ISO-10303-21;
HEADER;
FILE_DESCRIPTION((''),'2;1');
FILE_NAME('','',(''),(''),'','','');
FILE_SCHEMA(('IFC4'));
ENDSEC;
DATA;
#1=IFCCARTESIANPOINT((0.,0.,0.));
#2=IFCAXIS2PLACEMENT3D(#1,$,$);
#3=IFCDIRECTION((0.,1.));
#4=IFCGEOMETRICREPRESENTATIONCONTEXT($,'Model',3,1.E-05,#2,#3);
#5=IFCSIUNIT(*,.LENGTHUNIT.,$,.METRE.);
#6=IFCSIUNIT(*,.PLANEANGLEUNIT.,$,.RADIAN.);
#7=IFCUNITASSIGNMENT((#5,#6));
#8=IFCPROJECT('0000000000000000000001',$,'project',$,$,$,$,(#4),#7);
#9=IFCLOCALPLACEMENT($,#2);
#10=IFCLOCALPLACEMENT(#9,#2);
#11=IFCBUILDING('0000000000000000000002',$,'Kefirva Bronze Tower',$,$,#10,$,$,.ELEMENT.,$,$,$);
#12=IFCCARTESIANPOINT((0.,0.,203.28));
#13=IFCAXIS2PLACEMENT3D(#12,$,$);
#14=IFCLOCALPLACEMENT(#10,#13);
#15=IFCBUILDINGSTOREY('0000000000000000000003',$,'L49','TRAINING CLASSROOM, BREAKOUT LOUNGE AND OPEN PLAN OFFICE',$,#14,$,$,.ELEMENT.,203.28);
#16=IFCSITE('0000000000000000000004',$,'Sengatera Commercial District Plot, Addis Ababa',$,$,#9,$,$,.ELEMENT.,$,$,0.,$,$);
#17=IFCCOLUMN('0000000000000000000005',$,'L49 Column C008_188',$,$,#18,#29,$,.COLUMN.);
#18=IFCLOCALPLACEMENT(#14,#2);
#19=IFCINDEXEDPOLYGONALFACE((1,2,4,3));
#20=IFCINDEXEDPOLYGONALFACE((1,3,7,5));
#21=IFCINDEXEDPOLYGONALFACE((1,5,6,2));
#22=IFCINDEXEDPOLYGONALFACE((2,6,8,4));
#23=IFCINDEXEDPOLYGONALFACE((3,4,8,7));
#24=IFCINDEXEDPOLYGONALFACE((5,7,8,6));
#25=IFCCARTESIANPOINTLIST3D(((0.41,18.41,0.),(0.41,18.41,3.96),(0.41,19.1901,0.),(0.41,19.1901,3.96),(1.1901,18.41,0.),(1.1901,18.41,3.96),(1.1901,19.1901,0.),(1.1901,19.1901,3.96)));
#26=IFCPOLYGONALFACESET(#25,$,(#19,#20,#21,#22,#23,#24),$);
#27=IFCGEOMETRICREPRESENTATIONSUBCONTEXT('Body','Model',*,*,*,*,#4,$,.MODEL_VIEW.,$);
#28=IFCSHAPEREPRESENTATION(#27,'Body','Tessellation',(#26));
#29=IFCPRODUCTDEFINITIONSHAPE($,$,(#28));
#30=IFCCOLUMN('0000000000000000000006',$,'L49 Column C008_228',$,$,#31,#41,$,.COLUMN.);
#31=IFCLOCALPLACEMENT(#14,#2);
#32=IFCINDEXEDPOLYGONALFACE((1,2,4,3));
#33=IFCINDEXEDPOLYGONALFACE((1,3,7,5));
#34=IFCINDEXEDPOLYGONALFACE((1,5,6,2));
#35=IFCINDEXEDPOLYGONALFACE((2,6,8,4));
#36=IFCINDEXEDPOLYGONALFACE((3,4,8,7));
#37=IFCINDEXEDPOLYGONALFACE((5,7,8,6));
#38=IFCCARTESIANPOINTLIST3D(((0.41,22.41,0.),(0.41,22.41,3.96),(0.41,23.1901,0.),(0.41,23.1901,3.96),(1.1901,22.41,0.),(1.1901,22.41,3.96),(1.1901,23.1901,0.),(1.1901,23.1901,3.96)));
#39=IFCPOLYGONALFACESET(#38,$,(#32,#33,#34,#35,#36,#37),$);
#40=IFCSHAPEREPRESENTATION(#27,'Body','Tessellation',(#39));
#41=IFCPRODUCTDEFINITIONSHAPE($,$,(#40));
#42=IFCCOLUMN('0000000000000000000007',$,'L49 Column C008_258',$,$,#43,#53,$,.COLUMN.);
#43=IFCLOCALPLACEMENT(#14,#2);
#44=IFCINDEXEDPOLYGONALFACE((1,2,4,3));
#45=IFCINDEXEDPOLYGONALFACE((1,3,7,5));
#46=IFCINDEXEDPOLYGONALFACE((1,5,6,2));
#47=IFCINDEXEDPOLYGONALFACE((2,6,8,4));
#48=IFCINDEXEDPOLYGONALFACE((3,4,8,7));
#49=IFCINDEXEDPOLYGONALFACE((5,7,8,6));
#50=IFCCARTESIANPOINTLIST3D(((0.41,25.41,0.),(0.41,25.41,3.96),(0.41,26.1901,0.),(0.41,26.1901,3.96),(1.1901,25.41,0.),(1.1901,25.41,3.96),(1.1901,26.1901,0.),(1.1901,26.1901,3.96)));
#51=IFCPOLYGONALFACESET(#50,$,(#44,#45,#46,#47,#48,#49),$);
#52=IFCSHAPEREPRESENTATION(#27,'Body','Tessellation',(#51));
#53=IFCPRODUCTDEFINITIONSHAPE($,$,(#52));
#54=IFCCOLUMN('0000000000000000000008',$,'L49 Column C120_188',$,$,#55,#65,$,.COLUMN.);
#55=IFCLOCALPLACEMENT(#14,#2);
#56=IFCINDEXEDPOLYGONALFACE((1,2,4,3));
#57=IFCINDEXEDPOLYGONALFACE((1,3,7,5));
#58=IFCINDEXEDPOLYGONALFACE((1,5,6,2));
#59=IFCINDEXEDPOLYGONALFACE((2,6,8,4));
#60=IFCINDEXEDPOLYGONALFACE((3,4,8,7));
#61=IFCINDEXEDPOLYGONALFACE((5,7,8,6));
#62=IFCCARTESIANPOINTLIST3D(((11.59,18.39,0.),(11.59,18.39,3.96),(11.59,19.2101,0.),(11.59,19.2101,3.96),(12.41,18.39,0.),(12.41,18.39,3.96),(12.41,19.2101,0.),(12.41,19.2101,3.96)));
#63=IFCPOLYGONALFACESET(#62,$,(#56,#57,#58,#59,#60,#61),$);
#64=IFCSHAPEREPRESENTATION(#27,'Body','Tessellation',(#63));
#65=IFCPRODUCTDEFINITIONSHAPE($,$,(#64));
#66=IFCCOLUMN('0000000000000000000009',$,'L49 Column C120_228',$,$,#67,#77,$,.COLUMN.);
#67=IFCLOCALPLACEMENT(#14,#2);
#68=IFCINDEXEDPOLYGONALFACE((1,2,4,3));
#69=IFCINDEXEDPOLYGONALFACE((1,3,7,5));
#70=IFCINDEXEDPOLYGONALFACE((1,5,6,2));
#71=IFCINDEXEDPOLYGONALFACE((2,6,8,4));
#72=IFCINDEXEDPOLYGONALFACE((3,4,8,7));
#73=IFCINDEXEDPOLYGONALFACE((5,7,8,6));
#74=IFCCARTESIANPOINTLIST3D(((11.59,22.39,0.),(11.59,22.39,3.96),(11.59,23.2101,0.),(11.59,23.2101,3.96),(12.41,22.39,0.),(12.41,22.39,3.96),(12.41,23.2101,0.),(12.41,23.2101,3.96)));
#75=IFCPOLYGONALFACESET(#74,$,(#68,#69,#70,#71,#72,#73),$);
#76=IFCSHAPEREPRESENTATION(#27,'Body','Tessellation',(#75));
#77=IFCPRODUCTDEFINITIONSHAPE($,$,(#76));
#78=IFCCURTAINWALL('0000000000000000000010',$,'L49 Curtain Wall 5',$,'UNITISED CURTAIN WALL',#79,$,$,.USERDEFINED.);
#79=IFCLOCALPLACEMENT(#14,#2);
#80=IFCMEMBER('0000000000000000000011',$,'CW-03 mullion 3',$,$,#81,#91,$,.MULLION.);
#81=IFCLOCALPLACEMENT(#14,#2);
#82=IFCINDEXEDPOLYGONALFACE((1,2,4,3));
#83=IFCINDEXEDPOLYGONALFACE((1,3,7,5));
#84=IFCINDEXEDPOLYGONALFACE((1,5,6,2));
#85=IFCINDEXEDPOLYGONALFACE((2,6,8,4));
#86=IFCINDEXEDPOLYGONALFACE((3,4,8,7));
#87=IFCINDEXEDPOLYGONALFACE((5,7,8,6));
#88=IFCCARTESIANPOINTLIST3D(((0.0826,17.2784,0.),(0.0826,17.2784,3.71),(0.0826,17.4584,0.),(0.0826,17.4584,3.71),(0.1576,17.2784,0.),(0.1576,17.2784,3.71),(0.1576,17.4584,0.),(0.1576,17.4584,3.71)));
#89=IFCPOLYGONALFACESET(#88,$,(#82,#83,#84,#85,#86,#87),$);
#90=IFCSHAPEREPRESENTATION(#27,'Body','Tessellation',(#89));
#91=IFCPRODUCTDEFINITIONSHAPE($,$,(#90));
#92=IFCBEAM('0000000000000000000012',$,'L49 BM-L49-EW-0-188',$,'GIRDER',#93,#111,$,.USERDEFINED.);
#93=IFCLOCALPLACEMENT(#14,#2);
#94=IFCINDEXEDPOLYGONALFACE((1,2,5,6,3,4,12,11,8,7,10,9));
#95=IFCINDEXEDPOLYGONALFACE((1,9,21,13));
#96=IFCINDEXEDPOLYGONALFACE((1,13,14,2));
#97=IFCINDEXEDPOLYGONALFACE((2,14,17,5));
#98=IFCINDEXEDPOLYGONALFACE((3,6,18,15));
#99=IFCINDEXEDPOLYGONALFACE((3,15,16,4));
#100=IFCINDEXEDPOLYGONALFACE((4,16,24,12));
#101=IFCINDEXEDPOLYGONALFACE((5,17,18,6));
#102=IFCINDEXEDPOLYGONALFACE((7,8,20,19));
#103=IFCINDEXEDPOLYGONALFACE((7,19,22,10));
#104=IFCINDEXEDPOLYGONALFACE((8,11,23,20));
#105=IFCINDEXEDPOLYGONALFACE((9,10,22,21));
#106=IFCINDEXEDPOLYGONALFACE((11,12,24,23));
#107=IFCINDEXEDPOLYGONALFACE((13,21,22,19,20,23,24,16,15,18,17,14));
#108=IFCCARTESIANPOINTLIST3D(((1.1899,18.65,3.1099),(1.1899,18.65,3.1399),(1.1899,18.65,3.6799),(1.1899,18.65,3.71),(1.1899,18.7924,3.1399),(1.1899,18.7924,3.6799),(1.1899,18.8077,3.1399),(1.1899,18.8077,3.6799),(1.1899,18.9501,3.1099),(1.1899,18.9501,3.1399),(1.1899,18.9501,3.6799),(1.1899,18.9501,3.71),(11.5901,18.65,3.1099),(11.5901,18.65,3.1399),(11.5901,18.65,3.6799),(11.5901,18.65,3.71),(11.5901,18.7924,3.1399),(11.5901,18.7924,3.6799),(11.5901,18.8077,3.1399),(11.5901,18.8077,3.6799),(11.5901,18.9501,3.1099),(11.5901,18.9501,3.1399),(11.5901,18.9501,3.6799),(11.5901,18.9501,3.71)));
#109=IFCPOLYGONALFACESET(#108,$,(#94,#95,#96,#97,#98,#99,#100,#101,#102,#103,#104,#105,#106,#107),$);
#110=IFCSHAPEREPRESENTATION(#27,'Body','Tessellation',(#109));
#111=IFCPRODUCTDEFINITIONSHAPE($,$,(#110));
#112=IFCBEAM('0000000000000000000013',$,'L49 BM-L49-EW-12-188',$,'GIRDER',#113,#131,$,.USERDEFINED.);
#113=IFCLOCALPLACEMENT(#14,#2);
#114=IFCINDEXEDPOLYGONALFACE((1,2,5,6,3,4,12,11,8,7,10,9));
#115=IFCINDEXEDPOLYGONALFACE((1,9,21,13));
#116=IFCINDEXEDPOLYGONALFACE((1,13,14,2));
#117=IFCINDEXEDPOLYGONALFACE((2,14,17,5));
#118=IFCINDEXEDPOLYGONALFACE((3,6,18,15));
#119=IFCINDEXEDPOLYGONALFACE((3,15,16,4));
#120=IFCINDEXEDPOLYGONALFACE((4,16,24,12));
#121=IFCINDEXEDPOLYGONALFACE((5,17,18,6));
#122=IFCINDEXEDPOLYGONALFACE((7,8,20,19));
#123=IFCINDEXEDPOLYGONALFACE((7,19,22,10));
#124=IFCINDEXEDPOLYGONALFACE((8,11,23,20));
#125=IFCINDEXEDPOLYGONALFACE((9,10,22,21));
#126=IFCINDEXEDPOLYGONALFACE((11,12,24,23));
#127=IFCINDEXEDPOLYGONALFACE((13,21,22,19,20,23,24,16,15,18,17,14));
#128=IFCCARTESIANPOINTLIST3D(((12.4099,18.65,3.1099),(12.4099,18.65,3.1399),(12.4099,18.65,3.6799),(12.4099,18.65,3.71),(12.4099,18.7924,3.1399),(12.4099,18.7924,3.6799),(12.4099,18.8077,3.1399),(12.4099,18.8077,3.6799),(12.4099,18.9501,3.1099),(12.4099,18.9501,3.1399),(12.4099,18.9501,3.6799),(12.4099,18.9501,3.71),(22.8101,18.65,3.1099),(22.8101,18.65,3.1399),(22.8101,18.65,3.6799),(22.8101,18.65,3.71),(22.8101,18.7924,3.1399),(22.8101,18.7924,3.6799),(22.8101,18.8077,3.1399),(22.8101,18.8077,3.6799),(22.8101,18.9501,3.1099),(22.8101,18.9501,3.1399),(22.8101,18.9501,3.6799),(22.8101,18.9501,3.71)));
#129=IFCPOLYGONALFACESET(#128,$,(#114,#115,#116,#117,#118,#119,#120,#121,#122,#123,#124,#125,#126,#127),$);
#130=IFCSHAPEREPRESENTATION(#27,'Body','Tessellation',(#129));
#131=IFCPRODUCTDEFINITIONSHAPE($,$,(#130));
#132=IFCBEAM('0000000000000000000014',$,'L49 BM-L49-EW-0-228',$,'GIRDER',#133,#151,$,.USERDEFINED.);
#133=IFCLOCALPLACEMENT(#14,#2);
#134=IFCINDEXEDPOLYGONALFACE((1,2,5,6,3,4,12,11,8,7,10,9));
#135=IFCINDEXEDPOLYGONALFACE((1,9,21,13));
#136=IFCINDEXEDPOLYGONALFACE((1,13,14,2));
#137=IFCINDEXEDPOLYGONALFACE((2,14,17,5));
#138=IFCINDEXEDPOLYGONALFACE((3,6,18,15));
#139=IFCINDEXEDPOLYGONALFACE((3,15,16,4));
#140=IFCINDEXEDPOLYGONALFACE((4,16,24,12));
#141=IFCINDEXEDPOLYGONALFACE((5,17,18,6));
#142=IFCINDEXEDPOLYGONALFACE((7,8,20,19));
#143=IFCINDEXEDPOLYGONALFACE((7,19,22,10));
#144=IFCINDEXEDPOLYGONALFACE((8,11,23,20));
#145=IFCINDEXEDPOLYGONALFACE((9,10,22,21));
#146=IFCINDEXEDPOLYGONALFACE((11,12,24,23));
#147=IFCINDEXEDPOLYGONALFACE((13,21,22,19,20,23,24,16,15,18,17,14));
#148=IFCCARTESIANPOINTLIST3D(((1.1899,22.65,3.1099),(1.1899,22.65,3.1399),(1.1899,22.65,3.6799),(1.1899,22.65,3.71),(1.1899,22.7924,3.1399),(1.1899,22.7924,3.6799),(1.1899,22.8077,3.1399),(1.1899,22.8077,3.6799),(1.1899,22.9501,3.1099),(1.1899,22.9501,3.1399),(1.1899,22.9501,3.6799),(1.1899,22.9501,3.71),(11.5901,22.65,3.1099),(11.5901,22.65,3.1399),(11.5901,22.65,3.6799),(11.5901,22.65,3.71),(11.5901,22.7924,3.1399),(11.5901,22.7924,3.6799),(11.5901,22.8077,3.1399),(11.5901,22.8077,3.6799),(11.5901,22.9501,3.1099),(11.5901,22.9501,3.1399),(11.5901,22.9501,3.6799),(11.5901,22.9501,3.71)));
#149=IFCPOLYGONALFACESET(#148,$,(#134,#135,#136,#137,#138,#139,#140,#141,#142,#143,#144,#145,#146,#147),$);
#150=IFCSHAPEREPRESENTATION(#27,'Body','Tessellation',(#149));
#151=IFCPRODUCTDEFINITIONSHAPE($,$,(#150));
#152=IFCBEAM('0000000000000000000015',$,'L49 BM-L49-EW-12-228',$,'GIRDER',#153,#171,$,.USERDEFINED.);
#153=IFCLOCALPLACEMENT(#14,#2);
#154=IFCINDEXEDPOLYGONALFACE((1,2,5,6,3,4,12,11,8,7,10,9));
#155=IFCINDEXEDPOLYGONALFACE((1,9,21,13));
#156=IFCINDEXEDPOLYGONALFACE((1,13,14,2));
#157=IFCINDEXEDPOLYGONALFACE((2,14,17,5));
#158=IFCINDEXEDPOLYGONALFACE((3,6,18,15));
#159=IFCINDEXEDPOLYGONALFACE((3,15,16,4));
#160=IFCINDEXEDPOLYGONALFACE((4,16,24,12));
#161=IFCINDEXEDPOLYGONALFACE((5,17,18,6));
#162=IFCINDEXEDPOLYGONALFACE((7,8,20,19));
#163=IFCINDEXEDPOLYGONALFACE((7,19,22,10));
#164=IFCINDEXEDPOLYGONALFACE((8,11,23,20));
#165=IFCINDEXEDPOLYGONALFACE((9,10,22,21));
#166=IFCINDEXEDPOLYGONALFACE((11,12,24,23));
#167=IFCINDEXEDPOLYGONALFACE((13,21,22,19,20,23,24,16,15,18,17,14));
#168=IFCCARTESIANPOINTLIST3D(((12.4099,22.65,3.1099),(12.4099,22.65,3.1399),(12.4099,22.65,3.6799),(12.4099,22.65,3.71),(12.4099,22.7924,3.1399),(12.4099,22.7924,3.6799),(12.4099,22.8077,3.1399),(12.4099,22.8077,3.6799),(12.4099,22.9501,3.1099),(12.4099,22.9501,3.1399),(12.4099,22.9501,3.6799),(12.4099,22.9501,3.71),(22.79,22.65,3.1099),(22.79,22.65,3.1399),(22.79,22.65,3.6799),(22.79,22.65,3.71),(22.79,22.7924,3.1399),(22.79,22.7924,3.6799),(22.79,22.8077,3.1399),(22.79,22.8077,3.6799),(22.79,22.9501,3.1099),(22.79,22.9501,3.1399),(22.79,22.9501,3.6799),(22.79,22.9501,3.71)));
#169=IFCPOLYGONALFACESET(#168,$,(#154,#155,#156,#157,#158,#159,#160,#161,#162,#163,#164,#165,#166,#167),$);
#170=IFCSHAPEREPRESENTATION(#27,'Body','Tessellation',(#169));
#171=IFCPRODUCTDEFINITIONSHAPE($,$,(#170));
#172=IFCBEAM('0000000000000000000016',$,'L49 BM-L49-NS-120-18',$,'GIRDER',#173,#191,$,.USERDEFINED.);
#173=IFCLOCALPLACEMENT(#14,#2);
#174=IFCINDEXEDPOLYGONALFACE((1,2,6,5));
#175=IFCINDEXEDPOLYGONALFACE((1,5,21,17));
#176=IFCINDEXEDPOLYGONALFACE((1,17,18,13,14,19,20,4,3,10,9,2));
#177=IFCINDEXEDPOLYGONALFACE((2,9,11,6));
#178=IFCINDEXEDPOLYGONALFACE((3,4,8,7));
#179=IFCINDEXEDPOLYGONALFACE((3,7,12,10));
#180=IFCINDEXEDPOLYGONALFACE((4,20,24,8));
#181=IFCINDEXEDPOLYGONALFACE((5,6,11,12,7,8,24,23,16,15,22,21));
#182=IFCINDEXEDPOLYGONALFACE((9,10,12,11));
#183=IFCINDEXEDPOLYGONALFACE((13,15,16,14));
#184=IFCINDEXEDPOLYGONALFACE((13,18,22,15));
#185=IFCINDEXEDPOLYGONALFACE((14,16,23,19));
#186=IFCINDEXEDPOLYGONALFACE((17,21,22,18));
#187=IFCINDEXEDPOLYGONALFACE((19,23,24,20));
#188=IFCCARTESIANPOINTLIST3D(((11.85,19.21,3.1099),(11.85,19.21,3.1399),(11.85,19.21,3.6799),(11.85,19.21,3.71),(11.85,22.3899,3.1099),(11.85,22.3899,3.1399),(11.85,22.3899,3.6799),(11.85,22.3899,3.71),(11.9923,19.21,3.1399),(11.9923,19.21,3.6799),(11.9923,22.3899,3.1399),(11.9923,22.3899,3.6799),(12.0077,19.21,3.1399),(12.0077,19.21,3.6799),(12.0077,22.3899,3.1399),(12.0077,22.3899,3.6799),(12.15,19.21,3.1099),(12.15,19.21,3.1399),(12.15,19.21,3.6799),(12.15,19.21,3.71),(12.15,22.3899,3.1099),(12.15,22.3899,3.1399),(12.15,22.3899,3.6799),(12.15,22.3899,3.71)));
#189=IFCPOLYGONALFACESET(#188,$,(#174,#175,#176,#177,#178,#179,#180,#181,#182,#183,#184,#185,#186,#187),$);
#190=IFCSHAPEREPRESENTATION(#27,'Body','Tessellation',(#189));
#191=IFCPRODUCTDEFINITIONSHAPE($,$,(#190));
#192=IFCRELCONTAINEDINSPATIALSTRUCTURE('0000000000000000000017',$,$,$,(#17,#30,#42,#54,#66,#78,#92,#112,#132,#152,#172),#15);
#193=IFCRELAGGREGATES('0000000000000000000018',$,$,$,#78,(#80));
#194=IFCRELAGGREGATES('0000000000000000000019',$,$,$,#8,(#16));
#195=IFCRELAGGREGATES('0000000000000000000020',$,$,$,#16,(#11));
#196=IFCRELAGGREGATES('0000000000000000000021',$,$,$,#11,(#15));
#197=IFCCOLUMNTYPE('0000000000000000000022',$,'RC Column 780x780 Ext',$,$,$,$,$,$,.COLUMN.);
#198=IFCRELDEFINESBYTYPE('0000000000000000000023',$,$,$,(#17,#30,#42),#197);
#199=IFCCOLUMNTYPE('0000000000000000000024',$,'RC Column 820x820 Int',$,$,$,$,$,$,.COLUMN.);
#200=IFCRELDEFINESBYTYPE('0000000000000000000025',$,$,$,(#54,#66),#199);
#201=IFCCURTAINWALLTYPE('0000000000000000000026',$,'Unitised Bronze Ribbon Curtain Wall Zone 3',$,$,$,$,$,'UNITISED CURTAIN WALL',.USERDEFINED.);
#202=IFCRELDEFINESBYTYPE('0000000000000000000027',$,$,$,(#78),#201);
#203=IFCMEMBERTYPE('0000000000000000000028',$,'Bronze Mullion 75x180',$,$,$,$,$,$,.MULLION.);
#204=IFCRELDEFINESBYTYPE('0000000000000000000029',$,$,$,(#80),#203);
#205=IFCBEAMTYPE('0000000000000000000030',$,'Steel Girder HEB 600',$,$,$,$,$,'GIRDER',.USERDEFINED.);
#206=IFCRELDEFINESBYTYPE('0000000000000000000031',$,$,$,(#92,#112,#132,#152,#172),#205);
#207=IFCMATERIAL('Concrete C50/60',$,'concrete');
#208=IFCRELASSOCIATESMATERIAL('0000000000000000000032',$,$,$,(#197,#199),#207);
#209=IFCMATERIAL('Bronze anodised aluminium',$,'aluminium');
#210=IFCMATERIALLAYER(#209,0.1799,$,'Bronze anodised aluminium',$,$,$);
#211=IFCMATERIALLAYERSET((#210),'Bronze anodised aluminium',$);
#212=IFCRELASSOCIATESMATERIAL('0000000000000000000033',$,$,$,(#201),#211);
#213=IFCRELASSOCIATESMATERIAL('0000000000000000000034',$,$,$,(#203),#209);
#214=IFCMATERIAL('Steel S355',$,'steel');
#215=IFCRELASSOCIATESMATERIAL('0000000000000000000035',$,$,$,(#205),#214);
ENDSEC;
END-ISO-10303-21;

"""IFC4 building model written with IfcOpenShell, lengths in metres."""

from ifc_helpers import new_model, si_unit, direction, frame, origin, origin_2d, place, context, subcontext, project, spatial, rectangle, i_section, extrude, material, layer, layer_set, material_profile, profile_set, type_object, element, aggregate, save


model = new_model("IFC4")

# Units and contexts
model_context = context("Model", 3, precision=1e-05, world=origin(), true_north=direction((0.0, 1.0)))
body_context = subcontext(model_context, "Body", "Model", "MODEL_VIEW")
ifc_project = project(units=[si_unit("LENGTHUNIT", "METRE"), si_unit("PLANEANGLEUNIT", "RADIAN")], contexts=[model_context])

# Site, building, storey
site_placement = place(None, origin())
site = spatial("IfcSite", under=ifc_project, at=site_placement, Name="Sengatera Commercial District Plot, Addis Ababa", CompositionType="ELEMENT", RefElevation=0.0)
building_placement = place(site_placement, origin())
building = spatial("IfcBuilding", under=site, at=building_placement, Name="Kefirva Bronze Tower", CompositionType="ELEMENT")
storey_placement = place(building_placement, frame((0.0, 0.0, 203.28)))
storey = spatial("IfcBuildingStorey", under=building, at=storey_placement, Name="L49", Description="TRAINING CLASSROOM, BREAKOUT LOUNGE AND OPEN PLAN OFFICE", CompositionType="ELEMENT", Elevation=203.28)

# Columns
ifc_material_1 = material(Name="Concrete C50/60", Category="concrete")
ifc_material_profile_1 = material_profile(ifc_material_1, rectangle(XDim=0.78, YDim=0.78, at=origin_2d()), Name="RC 780x780")
ifc_profile_set_1 = profile_set([ifc_material_profile_1], Name="Concrete C50/60")
column_type_1 = type_object("IfcColumnType", Name="RC Column 780x780 Ext", PredefinedType="COLUMN", material=ifc_profile_set_1)
for number, where, z_axis, x_axis, name in (
    (1, (0.8, 18.8, 0.0), (0.0, 0.0, 1.0), (1.0, 0.0, 0.0), "L49 Column C008_188"),
    (2, (0.8, 22.8, 0.0), (0.0, 0.0, 1.0), (1.0, 0.0, 0.0), "L49 Column C008_228"),
    (3, (0.8, 25.8, 0.0), (0.0, 0.0, 1.0), (1.0, 0.0, 0.0), "L49 Column C008_258"),
):
    element("IfcColumn", number, at=place(storey_placement, frame(where, z_axis=z_axis, x_axis=x_axis)), inside=storey, type_object=column_type_1, Name=name, PredefinedType="COLUMN", context=body_context, shape_type="SweptSolid", body=[
        extrude(rectangle(XDim=0.78, YDim=0.78, at=origin_2d()), origin(), (0.0, 0.0, 1.0), 3.96),
    ])
ifc_material_profile_2 = material_profile(ifc_material_1, rectangle(XDim=0.8201, YDim=0.8201, at=origin_2d()), Name="RC 820x820")
ifc_profile_set_2 = profile_set([ifc_material_profile_2], Name="Concrete C50/60")
column_type_2 = type_object("IfcColumnType", Name="RC Column 820x820 Int", PredefinedType="COLUMN", material=ifc_profile_set_2)
for number, where, z_axis, x_axis, name in (
    (4, (12.0, 18.8, 0.0), (0.0, 0.0, 1.0), (1.0, 0.0, 0.0), "L49 Column C120_188"),
    (5, (12.0, 22.8, 0.0), (0.0, 0.0, 1.0), (1.0, 0.0, 0.0), "L49 Column C120_228"),
):
    element("IfcColumn", number, at=place(storey_placement, frame(where, z_axis=z_axis, x_axis=x_axis)), inside=storey, type_object=column_type_2, Name=name, PredefinedType="COLUMN", context=body_context, shape_type="SweptSolid", body=[
        extrude(rectangle(XDim=0.8201, YDim=0.8201, at=origin_2d()), origin(), (0.0, 0.0, 1.0), 3.96),
    ])

# Curtain wall, member
ifc_material_2 = material(Name="Bronze anodised aluminium", Category="aluminium")
ifc_layer_1 = layer(ifc_material_2, 0.1799, Name="Bronze anodised aluminium")
ifc_layer_set_1 = layer_set([ifc_layer_1], Name="Bronze anodised aluminium")
curtain_wall_type = type_object("IfcCurtainWallType", Name="Unitised Bronze Ribbon Curtain Wall Zone 3", ElementType="UNITISED CURTAIN WALL", PredefinedType="USERDEFINED", material=ifc_layer_set_1)
curtain_wall_placement = place(storey_placement, origin())
curtain_wall = element("IfcCurtainWall", 6, at=curtain_wall_placement, inside=storey, type_object=curtain_wall_type, Name="L49 Curtain Wall 5", ObjectType="UNITISED CURTAIN WALL", PredefinedType="USERDEFINED")
ifc_material_profile_3 = material_profile(ifc_material_2, rectangle(XDim=0.075, YDim=0.1799, at=origin_2d()), Name="ALU 75x180")
ifc_profile_set_3 = profile_set([ifc_material_profile_3], Name="Bronze anodised aluminium")
member_type = type_object("IfcMemberType", Name="Bronze Mullion 75x180", PredefinedType="MULLION", material=ifc_profile_set_3)
member_placement = place(storey_placement, frame((0.1201, 17.3684, 0.0), z_axis=(0.0, 0.0, 1.0), x_axis=(1.0, 0.0, 0.0)))
member = element("IfcMember", 7, at=member_placement, type_object=member_type, Name="CW-03 mullion 3", PredefinedType="MULLION", context=body_context, shape_type="SweptSolid", body=[
    extrude(rectangle(XDim=0.075, YDim=0.1799, at=origin_2d()), origin(), (0.0, 0.0, 1.0), 3.71),
])

# Beams
ifc_material_3 = material(Name="Steel S355", Category="steel")
ifc_material_profile_4 = material_profile(ifc_material_3, i_section(OverallWidth=0.3, OverallDepth=0.6001, WebThickness=0.0154, FlangeThickness=0.03, at=origin_2d()), Name="HEB 600")
ifc_profile_set_4 = profile_set([ifc_material_profile_4], Name="Steel S355")
beam_type_1 = type_object("IfcBeamType", Name="Steel Girder HEB 600", ElementType="GIRDER", PredefinedType="USERDEFINED", material=ifc_profile_set_4)
for number, where, z_axis, x_axis, name in (
    (8, (1.1899, 18.8, 3.4099), (1.0, 0.0, 0.0), (0.0, 1.0, 0.0), "L49 BM-L49-EW-0-188"),
    (9, (12.4099, 18.8, 3.4099), (1.0, 0.0, 0.0), (0.0, 1.0, 0.0), "L49 BM-L49-EW-12-188"),
    (10, (1.1899, 22.8, 3.4099), (1.0, 0.0, 0.0), (0.0, 1.0, 0.0), "L49 BM-L49-EW-0-228"),
):
    element("IfcBeam", number, at=place(storey_placement, frame(where, z_axis=z_axis, x_axis=x_axis)), inside=storey, type_object=beam_type_1, Name=name, ObjectType="GIRDER", PredefinedType="USERDEFINED", context=body_context, shape_type="SweptSolid", body=[
        extrude(i_section(OverallWidth=0.3, OverallDepth=0.6001, WebThickness=0.0154, FlangeThickness=0.03, at=origin_2d()), origin(), (0.0, 0.0, 1.0), 10.4001),
    ])
beam_1_placement = place(storey_placement, frame((12.4099, 22.8, 3.4099), z_axis=(1.0, 0.0, 0.0), x_axis=(0.0, 1.0, 0.0)))
element("IfcBeam", 11, at=beam_1_placement, inside=storey, type_object=beam_type_1, Name="L49 BM-L49-EW-12-228", ObjectType="GIRDER", PredefinedType="USERDEFINED", context=body_context, shape_type="SweptSolid", body=[
    extrude(i_section(OverallWidth=0.3, OverallDepth=0.6001, WebThickness=0.0154, FlangeThickness=0.03, at=origin_2d()), origin(), (0.0, 0.0, 1.0), 10.3801),
])
beam_2_placement = place(storey_placement, frame((12.0, 19.21, 3.4099), z_axis=(0.0, 1.0, 0.0), x_axis=(-1.0, 0.0, 0.0)))
element("IfcBeam", 12, at=beam_2_placement, inside=storey, type_object=beam_type_1, Name="L49 BM-L49-NS-120-18", ObjectType="GIRDER", PredefinedType="USERDEFINED", context=body_context, shape_type="SweptSolid", body=[
    extrude(i_section(OverallWidth=0.3, OverallDepth=0.6001, WebThickness=0.0154, FlangeThickness=0.03, at=origin_2d()), origin(), (0.0, 0.0, 1.0), 3.1799),
])

aggregate(curtain_wall, [member])

save(model, "model.ifc")
